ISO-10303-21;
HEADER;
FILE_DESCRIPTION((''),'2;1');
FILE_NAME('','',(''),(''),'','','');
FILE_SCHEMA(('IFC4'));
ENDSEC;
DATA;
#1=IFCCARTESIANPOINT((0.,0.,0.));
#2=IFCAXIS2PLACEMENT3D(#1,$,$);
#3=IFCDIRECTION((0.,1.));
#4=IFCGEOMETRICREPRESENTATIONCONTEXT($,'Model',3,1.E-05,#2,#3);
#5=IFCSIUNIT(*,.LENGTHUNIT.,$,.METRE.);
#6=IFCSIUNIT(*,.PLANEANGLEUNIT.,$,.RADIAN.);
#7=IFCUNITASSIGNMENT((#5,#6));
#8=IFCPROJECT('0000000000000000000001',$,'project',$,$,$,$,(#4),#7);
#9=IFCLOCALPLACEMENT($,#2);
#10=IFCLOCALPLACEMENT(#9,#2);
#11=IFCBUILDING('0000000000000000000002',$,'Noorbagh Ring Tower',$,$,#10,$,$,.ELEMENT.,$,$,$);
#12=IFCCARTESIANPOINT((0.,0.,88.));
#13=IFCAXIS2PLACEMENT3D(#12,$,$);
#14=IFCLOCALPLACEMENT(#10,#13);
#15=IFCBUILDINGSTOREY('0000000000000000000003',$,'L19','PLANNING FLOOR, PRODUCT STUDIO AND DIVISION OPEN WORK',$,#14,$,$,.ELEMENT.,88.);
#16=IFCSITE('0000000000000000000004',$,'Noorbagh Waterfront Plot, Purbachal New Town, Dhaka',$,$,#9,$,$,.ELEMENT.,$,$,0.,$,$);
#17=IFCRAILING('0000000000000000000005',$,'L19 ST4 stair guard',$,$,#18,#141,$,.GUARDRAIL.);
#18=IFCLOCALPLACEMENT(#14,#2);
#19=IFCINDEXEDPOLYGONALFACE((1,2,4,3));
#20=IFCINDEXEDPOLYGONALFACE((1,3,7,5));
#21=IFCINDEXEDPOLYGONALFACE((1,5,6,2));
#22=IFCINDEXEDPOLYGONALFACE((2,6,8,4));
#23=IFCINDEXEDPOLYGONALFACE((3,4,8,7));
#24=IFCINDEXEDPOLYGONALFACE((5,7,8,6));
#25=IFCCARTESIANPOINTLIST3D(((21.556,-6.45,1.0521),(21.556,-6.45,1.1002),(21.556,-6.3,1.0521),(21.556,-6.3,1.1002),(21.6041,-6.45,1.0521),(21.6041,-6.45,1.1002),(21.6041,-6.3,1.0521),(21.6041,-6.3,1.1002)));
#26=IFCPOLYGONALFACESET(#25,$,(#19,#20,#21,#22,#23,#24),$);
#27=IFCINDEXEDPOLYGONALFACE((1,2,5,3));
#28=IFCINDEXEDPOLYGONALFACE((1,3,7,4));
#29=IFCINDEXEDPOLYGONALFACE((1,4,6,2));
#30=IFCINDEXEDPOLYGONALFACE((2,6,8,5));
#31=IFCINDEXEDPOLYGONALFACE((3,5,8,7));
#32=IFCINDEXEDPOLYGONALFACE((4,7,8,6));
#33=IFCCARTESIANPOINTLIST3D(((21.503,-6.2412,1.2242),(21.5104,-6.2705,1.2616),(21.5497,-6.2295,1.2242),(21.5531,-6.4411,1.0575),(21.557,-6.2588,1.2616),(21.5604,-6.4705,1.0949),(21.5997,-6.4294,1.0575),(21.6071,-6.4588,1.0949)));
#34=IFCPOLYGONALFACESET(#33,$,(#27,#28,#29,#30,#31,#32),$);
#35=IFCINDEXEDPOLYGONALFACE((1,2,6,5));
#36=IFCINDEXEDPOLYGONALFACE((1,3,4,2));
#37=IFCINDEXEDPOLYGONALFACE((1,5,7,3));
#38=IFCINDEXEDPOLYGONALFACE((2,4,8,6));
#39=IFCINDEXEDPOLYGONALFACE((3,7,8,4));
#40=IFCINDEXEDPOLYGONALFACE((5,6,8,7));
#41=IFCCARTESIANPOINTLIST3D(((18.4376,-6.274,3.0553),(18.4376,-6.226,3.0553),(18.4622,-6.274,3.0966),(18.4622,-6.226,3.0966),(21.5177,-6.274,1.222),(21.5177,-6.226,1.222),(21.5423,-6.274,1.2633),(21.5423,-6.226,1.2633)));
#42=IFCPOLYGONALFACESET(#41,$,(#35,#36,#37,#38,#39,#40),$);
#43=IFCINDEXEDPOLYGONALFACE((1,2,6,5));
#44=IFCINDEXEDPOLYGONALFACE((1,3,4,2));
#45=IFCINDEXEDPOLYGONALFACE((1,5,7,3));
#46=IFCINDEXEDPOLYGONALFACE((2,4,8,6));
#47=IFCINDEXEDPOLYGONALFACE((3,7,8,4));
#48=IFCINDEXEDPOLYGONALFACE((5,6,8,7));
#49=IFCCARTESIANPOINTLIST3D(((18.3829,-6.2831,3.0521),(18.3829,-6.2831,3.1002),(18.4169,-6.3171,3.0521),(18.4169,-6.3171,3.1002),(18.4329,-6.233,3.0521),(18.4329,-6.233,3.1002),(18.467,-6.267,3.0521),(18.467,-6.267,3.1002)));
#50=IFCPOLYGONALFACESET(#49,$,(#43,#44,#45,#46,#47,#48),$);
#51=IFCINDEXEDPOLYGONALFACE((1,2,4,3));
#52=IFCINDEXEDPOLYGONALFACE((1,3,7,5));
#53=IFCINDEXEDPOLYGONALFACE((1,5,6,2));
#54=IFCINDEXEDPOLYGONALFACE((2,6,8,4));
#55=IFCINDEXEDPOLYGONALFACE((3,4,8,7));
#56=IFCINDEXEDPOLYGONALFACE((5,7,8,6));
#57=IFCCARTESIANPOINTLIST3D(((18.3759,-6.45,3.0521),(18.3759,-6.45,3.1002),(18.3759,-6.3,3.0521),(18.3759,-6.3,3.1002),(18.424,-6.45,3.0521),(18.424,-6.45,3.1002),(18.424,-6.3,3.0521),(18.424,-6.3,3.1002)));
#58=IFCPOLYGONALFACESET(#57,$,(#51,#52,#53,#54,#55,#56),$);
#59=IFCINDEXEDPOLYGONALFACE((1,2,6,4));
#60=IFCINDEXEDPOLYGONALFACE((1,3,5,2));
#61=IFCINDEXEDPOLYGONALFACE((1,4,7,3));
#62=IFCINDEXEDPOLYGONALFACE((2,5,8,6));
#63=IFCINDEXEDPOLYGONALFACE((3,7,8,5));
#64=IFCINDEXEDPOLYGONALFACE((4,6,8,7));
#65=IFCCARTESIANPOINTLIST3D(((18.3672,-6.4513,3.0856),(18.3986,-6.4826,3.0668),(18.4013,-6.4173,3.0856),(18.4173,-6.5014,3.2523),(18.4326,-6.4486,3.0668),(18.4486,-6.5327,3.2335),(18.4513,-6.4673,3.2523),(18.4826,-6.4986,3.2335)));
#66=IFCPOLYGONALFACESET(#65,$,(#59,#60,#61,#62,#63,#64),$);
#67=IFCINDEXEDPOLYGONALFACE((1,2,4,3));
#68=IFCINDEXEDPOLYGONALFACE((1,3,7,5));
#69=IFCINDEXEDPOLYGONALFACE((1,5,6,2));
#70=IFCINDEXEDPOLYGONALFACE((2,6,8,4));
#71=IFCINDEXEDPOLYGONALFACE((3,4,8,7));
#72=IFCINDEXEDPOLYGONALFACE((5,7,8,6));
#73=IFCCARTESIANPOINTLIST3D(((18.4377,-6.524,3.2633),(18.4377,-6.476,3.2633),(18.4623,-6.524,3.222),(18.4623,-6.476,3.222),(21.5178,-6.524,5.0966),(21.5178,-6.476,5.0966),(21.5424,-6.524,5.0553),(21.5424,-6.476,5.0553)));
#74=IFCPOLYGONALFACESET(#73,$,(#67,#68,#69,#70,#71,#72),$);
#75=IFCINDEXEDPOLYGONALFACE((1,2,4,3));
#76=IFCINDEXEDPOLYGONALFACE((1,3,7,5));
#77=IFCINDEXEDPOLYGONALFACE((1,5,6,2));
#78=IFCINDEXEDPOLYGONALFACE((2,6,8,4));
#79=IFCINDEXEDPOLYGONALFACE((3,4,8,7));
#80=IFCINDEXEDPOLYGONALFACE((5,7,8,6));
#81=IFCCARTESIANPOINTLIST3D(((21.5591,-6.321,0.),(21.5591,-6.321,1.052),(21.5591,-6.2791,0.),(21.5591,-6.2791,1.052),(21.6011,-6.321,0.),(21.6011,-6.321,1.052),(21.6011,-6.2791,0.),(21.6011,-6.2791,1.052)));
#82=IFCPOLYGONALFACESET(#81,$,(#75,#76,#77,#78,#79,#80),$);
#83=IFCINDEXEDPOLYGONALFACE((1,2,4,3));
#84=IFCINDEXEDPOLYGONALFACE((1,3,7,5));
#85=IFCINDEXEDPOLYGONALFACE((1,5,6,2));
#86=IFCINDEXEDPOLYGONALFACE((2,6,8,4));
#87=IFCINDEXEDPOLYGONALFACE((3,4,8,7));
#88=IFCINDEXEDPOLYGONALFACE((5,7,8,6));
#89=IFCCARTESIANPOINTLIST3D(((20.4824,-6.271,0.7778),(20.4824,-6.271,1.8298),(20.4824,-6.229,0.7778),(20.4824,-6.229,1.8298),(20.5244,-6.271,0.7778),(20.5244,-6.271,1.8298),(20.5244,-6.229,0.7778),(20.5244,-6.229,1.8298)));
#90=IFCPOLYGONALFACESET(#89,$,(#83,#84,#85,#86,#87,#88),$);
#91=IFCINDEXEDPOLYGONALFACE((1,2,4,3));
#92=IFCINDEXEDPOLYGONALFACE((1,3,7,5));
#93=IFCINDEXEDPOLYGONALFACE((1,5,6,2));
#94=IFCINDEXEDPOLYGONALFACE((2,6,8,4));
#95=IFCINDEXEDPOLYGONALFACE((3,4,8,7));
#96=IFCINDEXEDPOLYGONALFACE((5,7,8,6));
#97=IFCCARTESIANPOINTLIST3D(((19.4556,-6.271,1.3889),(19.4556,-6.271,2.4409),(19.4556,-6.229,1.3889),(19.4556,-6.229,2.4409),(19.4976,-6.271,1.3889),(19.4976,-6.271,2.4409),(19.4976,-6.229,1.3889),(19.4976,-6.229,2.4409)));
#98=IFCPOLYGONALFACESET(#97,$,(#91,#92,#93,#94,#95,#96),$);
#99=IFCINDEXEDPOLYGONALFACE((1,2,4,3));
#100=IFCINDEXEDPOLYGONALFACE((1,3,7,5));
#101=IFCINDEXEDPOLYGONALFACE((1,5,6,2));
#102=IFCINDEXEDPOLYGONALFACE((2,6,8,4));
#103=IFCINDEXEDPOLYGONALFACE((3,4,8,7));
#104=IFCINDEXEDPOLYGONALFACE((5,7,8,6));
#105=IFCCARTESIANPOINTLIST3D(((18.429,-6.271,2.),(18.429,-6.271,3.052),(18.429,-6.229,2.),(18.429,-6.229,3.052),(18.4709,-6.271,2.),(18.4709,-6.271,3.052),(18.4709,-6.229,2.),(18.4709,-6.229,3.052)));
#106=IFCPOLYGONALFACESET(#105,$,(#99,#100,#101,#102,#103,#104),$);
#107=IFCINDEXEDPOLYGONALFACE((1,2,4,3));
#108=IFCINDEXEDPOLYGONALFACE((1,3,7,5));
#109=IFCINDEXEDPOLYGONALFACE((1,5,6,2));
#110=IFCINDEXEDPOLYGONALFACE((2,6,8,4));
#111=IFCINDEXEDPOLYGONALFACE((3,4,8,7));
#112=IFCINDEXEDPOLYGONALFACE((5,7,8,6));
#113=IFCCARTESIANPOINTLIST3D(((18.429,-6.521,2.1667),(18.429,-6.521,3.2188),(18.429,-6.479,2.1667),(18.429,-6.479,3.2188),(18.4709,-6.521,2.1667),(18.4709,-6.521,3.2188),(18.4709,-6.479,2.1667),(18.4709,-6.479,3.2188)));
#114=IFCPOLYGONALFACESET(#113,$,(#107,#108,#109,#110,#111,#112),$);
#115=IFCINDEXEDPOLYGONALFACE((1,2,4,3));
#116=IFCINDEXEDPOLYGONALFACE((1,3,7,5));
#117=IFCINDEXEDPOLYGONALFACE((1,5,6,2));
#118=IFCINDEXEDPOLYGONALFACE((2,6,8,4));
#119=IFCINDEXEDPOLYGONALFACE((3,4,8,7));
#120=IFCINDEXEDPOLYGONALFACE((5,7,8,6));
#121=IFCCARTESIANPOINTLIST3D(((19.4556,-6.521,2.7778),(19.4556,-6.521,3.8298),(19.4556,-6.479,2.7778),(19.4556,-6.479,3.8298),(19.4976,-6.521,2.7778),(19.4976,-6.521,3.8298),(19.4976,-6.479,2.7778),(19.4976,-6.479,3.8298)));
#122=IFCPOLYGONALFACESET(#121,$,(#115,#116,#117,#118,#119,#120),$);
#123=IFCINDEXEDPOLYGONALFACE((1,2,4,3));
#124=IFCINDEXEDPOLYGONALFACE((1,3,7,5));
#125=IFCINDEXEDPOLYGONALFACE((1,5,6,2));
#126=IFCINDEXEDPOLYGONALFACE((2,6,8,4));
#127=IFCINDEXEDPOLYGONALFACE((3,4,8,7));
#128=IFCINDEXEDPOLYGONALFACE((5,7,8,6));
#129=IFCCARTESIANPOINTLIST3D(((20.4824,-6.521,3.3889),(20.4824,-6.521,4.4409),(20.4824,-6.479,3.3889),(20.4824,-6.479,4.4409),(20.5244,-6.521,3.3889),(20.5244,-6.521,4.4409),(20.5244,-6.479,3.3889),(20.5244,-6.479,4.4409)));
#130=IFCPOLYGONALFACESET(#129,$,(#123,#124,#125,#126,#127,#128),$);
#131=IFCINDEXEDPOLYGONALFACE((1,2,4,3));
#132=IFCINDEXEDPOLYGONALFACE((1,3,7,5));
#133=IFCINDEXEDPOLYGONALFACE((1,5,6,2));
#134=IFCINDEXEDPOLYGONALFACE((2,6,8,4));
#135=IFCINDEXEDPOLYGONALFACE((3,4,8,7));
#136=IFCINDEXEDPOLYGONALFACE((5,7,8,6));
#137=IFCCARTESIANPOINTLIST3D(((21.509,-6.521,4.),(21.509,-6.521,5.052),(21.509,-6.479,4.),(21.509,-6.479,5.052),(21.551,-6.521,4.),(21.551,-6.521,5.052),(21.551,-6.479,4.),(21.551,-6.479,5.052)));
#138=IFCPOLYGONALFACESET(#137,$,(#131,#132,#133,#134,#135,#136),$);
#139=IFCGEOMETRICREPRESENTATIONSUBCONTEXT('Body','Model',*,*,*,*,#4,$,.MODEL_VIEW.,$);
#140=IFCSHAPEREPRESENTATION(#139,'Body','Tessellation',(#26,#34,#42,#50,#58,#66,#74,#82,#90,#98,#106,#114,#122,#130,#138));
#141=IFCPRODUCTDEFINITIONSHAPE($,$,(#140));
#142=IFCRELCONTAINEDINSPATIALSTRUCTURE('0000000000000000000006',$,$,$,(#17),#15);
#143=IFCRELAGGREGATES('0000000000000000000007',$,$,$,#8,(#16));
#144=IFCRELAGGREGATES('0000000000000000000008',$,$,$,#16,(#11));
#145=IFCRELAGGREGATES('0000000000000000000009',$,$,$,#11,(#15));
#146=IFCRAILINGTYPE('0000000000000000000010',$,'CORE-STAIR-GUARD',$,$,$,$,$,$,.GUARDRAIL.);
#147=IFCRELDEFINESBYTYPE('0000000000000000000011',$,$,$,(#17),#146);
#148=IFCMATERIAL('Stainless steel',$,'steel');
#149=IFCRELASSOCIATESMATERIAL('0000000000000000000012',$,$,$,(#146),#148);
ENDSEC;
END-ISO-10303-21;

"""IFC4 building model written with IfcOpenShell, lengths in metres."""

from ifc_helpers import new_model, si_unit, direction, frame, origin, origin_2d, place, context, subcontext, project, spatial, rectangle, extrude, material, type_object, element, save


model = new_model("IFC4")

# Units and contexts
model_context = context("Model", 3, precision=1e-05, world=origin(), true_north=direction((0.0, 1.0)))
body_context = subcontext(model_context, "Body", "Model", "MODEL_VIEW")
ifc_project = project(units=[si_unit("LENGTHUNIT", "METRE"), si_unit("PLANEANGLEUNIT", "RADIAN")], contexts=[model_context])

# Site, building, storey
site_placement = place(None, origin())
site = spatial("IfcSite", under=ifc_project, at=site_placement, Name="Noorbagh Waterfront Plot, Purbachal New Town, Dhaka", CompositionType="ELEMENT", RefElevation=0.0)
building_placement = place(site_placement, origin())
building = spatial("IfcBuilding", under=site, at=building_placement, Name="Noorbagh Ring Tower", CompositionType="ELEMENT")
storey_placement = place(building_placement, frame((0.0, 0.0, 88.0)))
storey = spatial("IfcBuildingStorey", under=building, at=storey_placement, Name="L19", Description="PLANNING FLOOR, PRODUCT STUDIO AND DIVISION OPEN WORK", CompositionType="ELEMENT", Elevation=88.0)

# Railing
ifc_material_1 = material(Name="Stainless steel", Category="steel")
railing_type_1 = type_object("IfcRailingType", Name="CORE-STAIR-GUARD", PredefinedType="GUARDRAIL", material=ifc_material_1)
railing_1_placement = place(storey_placement, frame((21.5801, -6.3, 0.0)))
element("IfcRailing", 1, at=railing_1_placement, inside=storey, type_object=railing_type_1, Name="L19 ST4 stair guard", PredefinedType="GUARDRAIL", context=body_context, shape_type="SweptSolid", body=[
    extrude(rectangle(XDim=0.0481, YDim=0.0481, at=origin_2d()), frame((0.0, 0.0, 1.0762), z_axis=(0.0, -1.0, 0.0), x_axis=(1.0, 0.0, 0.0)), (0.0, 0.0, 1.0), 0.1499),
    extrude(rectangle(XDim=0.0481, YDim=0.0481, at=origin_2d()), frame((0.0, -0.1499, 1.0762), z_axis=(-0.188776, 0.754182, 0.628946), x_axis=(-0.970073, -0.242814, 0.0)), (0.0, 0.0, 1.0), 0.2651),
    extrude(rectangle(XDim=0.0481, YDim=0.0481, at=origin_2d()), frame((-0.05, 0.05, 1.2427), z_axis=(-0.859309, 0.0, 0.511458), x_axis=(0.0, -1.0, 0.0)), (0.0, 0.0, 1.0), 3.5845),
    extrude(rectangle(XDim=0.0481, YDim=0.0481, at=origin_2d()), frame((-3.1301, 0.05, 3.0762), z_axis=(-0.707107, -0.707107, 0.0), x_axis=(0.707107, -0.707107, 0.0)), (0.0, 0.0, 1.0), 0.0708),
    extrude(rectangle(XDim=0.0481, YDim=0.0481, at=origin_2d()), frame((-3.1802, 0.0, 3.0762), z_axis=(0.0, -1.0, 0.0), x_axis=(1.0, 0.0, 0.0)), (0.0, 0.0, 1.0), 0.1499),
    extrude(rectangle(XDim=0.0481, YDim=0.0481, at=origin_2d()), frame((-3.1802, -0.1499, 3.0762), z_axis=(0.276287, -0.276287, 0.920506), x_axis=(0.707107, 0.707107, 0.0)), (0.0, 0.0, 1.0), 0.1812),
    extrude(rectangle(XDim=0.0481, YDim=0.0481, at=origin_2d()), frame((-3.1301, -0.2, 3.2427), z_axis=(0.859309, 0.0, 0.511458), x_axis=(0.0, 1.0, 0.0)), (0.0, 0.0, 1.0), 3.5845),
    extrude(rectangle(XDim=0.042, YDim=0.042, at=origin_2d()), origin(), (0.0, 0.0, 1.0), 1.052),
    extrude(rectangle(XDim=0.042, YDim=0.042, at=origin_2d()), frame((-1.0767, 0.05, 0.7778)), (0.0, 0.0, 1.0), 1.052),
    extrude(rectangle(XDim=0.042, YDim=0.042, at=origin_2d()), frame((-2.1035, 0.05, 1.3889)), (0.0, 0.0, 1.0), 1.052),
    extrude(rectangle(XDim=0.042, YDim=0.042, at=origin_2d()), frame((-3.1301, 0.05, 2.0)), (0.0, 0.0, 1.0), 1.052),
    extrude(rectangle(XDim=0.042, YDim=0.042, at=origin_2d()), frame((-3.1301, -0.2, 2.1667)), (0.0, 0.0, 1.0), 1.052),
    extrude(rectangle(XDim=0.042, YDim=0.042, at=origin_2d()), frame((-2.1035, -0.2, 2.7778)), (0.0, 0.0, 1.0), 1.052),
    extrude(rectangle(XDim=0.042, YDim=0.042, at=origin_2d()), frame((-1.0767, -0.2, 3.3889)), (0.0, 0.0, 1.0), 1.052),
    extrude(rectangle(XDim=0.042, YDim=0.042, at=origin_2d()), frame((-0.05, -0.2, 4.0)), (0.0, 0.0, 1.0), 1.052),
])

save(model, "model.ifc")
